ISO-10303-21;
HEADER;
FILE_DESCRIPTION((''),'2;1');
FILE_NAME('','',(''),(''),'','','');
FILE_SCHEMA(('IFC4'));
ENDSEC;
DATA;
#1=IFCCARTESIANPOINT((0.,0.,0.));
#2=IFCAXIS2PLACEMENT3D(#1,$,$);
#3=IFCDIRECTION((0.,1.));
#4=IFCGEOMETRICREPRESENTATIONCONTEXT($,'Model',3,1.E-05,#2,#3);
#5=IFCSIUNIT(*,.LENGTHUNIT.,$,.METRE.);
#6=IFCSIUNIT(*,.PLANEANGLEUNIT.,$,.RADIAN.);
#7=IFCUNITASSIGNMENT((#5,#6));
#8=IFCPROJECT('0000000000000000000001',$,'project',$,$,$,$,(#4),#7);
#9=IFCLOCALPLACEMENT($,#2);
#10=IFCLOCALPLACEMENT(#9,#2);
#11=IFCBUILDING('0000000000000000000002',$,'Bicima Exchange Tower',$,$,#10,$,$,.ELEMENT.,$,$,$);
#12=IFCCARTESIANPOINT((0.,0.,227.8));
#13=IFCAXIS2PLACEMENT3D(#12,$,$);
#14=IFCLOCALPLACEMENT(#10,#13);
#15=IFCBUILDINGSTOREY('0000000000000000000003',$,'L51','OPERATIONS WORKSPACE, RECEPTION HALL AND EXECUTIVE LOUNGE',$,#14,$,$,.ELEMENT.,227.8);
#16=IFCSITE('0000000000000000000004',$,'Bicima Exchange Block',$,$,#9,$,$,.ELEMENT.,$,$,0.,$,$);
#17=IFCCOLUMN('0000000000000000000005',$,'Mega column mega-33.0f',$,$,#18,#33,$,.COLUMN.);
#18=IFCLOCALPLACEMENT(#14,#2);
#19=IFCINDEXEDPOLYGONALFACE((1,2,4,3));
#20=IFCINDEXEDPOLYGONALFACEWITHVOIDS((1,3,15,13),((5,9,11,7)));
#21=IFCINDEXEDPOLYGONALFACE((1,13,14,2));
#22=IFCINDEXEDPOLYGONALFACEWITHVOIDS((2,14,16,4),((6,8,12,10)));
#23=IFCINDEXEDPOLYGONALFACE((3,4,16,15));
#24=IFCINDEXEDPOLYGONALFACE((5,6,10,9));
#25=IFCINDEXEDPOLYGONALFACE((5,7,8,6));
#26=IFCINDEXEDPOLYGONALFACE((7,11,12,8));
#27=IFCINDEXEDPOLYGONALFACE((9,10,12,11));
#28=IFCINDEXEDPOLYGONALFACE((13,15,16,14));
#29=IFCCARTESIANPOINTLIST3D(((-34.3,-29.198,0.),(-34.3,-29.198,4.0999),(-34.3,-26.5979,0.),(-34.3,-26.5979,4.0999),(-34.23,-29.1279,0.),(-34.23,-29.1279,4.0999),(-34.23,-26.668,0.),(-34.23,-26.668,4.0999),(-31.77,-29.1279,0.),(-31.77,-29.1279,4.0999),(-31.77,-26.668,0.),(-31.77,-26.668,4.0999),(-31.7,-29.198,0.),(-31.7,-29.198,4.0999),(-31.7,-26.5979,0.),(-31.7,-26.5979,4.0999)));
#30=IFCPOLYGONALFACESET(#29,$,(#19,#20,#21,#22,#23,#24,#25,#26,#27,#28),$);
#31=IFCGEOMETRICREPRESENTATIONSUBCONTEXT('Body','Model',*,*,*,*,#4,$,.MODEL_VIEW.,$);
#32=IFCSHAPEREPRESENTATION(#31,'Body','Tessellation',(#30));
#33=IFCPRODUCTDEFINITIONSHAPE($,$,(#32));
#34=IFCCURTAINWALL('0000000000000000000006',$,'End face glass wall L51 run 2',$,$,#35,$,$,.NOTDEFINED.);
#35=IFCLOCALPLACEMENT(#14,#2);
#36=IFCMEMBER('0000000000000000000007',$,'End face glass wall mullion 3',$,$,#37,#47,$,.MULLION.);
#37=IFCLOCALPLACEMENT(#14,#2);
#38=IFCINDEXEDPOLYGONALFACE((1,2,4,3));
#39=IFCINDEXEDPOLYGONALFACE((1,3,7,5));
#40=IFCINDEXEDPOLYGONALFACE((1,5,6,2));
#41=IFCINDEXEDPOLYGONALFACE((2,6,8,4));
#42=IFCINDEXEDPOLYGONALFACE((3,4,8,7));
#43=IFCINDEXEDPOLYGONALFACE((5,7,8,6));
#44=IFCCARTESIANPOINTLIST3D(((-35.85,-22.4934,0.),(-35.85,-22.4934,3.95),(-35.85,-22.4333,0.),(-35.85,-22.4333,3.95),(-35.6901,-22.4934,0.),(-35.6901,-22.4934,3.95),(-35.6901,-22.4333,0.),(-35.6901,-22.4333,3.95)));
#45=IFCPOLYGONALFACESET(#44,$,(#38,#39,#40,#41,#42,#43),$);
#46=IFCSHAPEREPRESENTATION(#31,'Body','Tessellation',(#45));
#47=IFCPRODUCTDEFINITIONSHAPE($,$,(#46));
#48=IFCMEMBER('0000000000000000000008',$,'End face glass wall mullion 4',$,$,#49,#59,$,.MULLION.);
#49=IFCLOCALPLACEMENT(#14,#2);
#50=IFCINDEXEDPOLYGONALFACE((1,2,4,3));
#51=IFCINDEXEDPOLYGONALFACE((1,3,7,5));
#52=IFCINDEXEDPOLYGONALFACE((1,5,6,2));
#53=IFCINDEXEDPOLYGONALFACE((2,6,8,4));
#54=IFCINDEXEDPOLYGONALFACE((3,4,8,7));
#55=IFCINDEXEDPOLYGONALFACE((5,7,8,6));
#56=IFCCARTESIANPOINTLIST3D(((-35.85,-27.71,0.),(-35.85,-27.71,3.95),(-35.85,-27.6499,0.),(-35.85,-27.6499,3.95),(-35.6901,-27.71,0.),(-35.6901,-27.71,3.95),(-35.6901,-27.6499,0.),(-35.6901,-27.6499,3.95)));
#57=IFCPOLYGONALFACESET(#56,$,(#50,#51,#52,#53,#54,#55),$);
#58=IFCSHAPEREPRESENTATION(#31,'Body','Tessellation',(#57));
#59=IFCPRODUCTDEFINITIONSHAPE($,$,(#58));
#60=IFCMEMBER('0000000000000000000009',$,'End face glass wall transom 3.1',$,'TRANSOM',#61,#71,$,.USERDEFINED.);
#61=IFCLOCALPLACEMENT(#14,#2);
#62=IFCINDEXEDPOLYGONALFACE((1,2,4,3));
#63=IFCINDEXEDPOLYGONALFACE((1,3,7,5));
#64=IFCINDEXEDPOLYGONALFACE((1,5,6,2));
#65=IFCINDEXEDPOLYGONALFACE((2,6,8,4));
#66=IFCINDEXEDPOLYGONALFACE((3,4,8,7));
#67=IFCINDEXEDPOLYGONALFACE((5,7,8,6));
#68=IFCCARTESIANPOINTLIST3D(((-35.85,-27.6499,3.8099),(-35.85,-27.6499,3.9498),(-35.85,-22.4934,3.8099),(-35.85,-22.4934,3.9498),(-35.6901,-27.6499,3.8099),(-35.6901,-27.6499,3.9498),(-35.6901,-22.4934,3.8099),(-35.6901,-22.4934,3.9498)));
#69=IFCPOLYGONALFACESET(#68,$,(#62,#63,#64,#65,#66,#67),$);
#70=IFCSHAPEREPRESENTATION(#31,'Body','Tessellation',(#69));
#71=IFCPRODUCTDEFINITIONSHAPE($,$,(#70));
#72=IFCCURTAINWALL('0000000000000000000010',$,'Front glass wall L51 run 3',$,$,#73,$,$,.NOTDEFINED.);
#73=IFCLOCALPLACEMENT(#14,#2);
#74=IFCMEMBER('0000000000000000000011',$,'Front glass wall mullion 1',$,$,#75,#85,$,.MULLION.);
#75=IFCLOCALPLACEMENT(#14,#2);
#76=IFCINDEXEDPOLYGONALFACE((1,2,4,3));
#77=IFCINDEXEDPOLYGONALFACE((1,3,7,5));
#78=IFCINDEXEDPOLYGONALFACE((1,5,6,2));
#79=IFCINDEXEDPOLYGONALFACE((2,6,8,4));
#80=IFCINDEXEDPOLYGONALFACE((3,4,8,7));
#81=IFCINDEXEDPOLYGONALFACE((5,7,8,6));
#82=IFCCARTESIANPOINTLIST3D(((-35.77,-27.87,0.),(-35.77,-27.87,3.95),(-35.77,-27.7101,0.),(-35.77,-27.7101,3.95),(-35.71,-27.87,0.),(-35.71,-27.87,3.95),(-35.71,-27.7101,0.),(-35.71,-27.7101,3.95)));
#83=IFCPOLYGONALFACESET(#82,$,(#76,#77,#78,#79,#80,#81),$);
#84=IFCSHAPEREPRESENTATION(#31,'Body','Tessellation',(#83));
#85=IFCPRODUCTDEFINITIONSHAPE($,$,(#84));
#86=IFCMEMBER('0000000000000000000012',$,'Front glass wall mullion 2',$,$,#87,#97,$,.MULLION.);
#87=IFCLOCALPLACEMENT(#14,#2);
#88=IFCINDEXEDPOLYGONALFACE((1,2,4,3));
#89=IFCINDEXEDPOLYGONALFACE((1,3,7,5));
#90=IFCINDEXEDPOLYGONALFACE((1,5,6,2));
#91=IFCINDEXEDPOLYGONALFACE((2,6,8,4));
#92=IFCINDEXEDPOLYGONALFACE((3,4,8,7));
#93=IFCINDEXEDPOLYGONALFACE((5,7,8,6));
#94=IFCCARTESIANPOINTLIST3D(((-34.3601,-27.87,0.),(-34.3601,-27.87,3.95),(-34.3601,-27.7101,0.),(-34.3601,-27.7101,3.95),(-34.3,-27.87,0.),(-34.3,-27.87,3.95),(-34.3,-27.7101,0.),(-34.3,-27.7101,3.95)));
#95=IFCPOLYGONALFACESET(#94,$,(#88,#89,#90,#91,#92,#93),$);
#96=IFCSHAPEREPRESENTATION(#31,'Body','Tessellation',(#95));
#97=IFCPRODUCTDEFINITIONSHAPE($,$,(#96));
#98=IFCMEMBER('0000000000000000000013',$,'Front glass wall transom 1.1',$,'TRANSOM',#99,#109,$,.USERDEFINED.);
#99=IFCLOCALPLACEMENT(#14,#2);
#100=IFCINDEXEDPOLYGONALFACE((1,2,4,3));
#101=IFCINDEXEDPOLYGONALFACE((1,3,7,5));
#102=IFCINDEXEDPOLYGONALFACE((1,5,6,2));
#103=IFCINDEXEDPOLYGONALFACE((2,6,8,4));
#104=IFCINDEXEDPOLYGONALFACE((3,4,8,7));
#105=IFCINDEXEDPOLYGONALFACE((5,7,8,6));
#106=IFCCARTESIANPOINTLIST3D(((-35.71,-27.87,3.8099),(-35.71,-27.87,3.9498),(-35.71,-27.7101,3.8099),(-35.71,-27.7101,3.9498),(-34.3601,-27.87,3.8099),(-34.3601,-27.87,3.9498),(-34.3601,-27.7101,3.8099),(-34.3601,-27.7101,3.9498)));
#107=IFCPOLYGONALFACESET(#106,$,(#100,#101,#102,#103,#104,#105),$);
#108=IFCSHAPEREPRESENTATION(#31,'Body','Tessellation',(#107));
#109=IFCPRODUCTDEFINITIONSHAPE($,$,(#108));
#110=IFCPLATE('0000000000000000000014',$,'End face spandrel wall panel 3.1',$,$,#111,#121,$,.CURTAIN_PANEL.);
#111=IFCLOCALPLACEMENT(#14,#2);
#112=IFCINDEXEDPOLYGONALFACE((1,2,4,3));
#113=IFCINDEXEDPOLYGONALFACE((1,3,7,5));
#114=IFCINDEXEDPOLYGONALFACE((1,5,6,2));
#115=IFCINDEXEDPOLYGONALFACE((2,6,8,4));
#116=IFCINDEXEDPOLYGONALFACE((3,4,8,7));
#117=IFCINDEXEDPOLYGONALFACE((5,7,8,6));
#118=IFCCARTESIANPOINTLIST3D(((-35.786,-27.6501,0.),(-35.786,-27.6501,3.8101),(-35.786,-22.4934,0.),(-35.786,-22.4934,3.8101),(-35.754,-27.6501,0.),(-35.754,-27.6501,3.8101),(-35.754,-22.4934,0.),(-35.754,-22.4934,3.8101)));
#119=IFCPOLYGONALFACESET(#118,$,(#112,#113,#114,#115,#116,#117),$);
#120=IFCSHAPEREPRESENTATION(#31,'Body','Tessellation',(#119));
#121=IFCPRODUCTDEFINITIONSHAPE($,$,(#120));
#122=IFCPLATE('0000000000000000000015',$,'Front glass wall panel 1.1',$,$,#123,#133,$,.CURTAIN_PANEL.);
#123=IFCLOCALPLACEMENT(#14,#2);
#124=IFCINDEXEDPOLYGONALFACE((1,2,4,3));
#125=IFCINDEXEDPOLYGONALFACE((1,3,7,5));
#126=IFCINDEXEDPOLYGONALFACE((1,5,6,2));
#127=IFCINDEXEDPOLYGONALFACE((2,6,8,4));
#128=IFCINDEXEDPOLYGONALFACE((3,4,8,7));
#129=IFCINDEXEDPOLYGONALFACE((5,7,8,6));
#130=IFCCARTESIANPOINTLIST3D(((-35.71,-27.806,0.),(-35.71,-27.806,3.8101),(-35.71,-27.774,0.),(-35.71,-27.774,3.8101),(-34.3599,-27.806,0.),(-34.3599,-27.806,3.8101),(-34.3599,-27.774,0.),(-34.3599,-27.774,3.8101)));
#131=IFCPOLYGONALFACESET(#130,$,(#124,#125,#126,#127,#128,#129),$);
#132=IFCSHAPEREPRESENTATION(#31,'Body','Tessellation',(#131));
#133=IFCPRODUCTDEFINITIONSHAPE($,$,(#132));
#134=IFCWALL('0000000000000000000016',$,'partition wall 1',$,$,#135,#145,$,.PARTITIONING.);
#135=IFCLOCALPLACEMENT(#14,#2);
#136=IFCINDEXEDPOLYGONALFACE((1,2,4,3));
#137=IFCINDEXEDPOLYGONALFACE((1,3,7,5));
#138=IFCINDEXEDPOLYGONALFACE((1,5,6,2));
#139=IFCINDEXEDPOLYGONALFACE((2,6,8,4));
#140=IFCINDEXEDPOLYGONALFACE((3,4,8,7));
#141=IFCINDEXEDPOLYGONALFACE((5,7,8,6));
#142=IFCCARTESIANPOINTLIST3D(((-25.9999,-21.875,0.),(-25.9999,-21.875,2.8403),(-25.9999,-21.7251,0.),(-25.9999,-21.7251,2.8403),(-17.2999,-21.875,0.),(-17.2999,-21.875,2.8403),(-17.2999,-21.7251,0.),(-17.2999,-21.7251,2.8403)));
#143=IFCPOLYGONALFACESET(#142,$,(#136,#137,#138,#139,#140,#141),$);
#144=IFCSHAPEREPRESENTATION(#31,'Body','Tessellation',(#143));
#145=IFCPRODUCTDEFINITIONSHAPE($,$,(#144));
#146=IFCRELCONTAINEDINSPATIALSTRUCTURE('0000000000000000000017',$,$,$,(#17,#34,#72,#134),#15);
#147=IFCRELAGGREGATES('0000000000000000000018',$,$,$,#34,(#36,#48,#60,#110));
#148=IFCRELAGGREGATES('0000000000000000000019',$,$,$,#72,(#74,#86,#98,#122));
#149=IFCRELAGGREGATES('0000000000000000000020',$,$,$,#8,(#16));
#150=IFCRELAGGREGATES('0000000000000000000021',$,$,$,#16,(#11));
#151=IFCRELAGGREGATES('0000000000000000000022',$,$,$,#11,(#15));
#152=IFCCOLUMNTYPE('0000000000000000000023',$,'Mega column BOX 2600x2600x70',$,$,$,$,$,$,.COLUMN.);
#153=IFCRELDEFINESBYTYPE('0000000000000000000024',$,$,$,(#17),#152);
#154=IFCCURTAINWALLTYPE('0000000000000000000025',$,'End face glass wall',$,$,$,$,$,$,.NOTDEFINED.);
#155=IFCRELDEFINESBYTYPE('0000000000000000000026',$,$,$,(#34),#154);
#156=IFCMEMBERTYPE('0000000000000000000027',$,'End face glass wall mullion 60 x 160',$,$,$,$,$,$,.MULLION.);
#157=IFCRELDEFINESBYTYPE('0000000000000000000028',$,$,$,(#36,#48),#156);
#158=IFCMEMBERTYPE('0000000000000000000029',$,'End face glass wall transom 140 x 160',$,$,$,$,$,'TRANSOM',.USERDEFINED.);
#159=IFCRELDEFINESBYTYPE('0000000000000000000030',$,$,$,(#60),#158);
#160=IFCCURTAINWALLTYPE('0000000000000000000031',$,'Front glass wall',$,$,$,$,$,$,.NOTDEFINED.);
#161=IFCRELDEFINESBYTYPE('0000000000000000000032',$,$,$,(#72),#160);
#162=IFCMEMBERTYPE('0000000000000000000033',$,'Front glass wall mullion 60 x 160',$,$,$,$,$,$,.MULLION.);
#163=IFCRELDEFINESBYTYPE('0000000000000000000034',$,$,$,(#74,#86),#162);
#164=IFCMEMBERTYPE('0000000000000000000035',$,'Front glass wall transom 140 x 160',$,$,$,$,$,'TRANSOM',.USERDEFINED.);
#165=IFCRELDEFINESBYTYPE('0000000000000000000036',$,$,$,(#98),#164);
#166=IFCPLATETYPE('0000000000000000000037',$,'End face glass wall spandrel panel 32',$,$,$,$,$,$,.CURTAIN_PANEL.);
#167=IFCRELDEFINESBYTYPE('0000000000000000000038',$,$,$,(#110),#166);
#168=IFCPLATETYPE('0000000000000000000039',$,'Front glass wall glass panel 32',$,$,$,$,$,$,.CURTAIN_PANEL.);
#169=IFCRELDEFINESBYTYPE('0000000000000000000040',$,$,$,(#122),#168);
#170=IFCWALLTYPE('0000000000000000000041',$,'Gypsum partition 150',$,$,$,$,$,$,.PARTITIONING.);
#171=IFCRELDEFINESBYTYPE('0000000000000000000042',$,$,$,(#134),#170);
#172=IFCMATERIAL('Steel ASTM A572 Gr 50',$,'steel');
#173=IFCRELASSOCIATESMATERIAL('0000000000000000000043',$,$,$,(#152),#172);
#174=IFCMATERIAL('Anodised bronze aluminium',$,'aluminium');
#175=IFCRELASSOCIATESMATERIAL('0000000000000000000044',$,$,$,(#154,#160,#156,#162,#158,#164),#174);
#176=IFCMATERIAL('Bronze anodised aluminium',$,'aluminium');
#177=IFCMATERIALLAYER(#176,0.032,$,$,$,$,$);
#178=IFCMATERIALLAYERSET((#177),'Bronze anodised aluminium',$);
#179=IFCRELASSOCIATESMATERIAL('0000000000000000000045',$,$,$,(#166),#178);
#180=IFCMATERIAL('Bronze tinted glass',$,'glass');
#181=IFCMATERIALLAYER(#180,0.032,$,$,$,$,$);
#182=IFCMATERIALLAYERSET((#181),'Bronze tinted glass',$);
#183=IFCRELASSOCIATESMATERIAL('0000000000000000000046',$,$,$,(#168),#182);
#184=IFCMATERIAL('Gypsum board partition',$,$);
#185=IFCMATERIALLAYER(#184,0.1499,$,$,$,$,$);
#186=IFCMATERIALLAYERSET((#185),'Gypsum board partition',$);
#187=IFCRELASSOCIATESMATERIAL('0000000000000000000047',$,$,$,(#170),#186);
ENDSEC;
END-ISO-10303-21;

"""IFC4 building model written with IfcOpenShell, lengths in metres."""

from ifc_helpers import new_model, si_unit, direction, frame, frame_2d, origin, origin_2d, place, context, subcontext, project, spatial, rectangle, hollow_rectangle, extrude, material, layer, layer_set, material_profile, profile_set, type_object, element, aggregate, save


model = new_model("IFC4")

# Units and contexts
model_context = context("Model", 3, precision=1e-05, world=origin(), true_north=direction((0.0, 1.0)))
body_context = subcontext(model_context, "Body", "Model", "MODEL_VIEW")
ifc_project = project(units=[si_unit("LENGTHUNIT", "METRE"), si_unit("PLANEANGLEUNIT", "RADIAN")], contexts=[model_context])

# Site, building, storey
site_placement = place(None, origin())
site = spatial("IfcSite", under=ifc_project, at=site_placement, Name="Bicima Exchange Block", CompositionType="ELEMENT", RefElevation=0.0)
building_placement = place(site_placement, origin())
building = spatial("IfcBuilding", under=site, at=building_placement, Name="Bicima Exchange Tower", CompositionType="ELEMENT")
storey_placement = place(building_placement, frame((0.0, 0.0, 227.8)))
storey = spatial("IfcBuildingStorey", under=building, at=storey_placement, Name="L51", Description="OPERATIONS WORKSPACE, RECEPTION HALL AND EXECUTIVE LOUNGE", CompositionType="ELEMENT", Elevation=227.8)

# Column
ifc_material_1 = material(Name="Steel ASTM A572 Gr 50", Category="steel")
ifc_material_profile_1 = material_profile(ifc_material_1, hollow_rectangle(XDim=2.6001, YDim=2.6001, WallThickness=0.0701, at=origin_2d()))
ifc_profile_set_1 = profile_set([ifc_material_profile_1], Name="Steel ASTM A572 Gr 50")
column_type = type_object("IfcColumnType", Name="Mega column BOX 2600x2600x70", PredefinedType="COLUMN", material=ifc_profile_set_1)
column_placement = place(storey_placement, frame((-33.0, -27.8979, 0.0), z_axis=(0.0, 0.0, 1.0), x_axis=(1.0, 0.0, 0.0)))
element("IfcColumn", 1, at=column_placement, inside=storey, type_object=column_type, Name="Mega column mega-33.0f", PredefinedType="COLUMN", context=body_context, shape_type="SweptSolid", body=[
    extrude(hollow_rectangle(XDim=2.6001, YDim=2.6001, WallThickness=0.0701, at=origin_2d()), origin(), (0.0, 0.0, 1.0), 4.0999),
])

# Curtain walls, members
ifc_material_2 = material(Name="Anodised bronze aluminium", Category="aluminium")
curtain_wall_type_1 = type_object("IfcCurtainWallType", Name="End face glass wall", PredefinedType="NOTDEFINED", material=ifc_material_2)
curtain_wall_1_placement = place(storey_placement, origin())
curtain_wall_1 = element("IfcCurtainWall", 2, at=curtain_wall_1_placement, inside=storey, type_object=curtain_wall_type_1, Name="End face glass wall L51 run 2", PredefinedType="NOTDEFINED")
ifc_material_profile_2 = material_profile(ifc_material_2, rectangle(XDim=0.1599, YDim=0.0601, at=origin_2d()))
ifc_profile_set_2 = profile_set([ifc_material_profile_2], Name="Anodised bronze aluminium")
member_type_1 = type_object("IfcMemberType", Name="End face glass wall mullion 60 x 160", PredefinedType="MULLION", material=ifc_profile_set_2)
member_1_placement = place(storey_placement, frame((-35.77, -22.4634, 0.0), z_axis=(0.0, 0.0, 1.0), x_axis=(1.0, 0.0, 0.0)))
member_1 = element("IfcMember", 3, at=member_1_placement, type_object=member_type_1, Name="End face glass wall mullion 3", PredefinedType="MULLION", context=body_context, shape_type="SweptSolid", body=[
    extrude(rectangle(XDim=0.1599, YDim=0.0601, at=origin_2d()), origin(), (0.0, 0.0, 1.0), 3.95),
])
member_2_placement = place(storey_placement, frame((-35.77, -27.6799, 0.0), z_axis=(0.0, 0.0, 1.0), x_axis=(1.0, 0.0, 0.0)))
member_2 = element("IfcMember", 4, at=member_2_placement, type_object=member_type_1, Name="End face glass wall mullion 4", PredefinedType="MULLION", context=body_context, shape_type="SweptSolid", body=[
    extrude(rectangle(XDim=0.1599, YDim=0.0601, at=origin_2d()), origin(), (0.0, 0.0, 1.0), 3.95),
])
ifc_material_profile_3 = material_profile(ifc_material_2, rectangle(XDim=0.1599, YDim=0.1399, at=origin_2d()))
ifc_profile_set_3 = profile_set([ifc_material_profile_3], Name="Anodised bronze aluminium")
member_type_2 = type_object("IfcMemberType", Name="End face glass wall transom 140 x 160", ElementType="TRANSOM", PredefinedType="USERDEFINED", material=ifc_profile_set_3)
member_3_placement = place(storey_placement, frame((-35.77, -22.4934, 3.8799), z_axis=(0.0, -1.0, 0.0), x_axis=(1.0, 0.0, 0.0)))
member_3 = element("IfcMember", 5, at=member_3_placement, type_object=member_type_2, Name="End face glass wall transom 3.1", ObjectType="TRANSOM", PredefinedType="USERDEFINED", context=body_context, shape_type="SweptSolid", body=[
    extrude(rectangle(XDim=0.1599, YDim=0.1399, at=origin_2d()), origin(), (0.0, 0.0, 1.0), 5.1565),
])
curtain_wall_type_2 = type_object("IfcCurtainWallType", Name="Front glass wall", PredefinedType="NOTDEFINED", material=ifc_material_2)
curtain_wall_2_placement = place(storey_placement, origin())
curtain_wall_2 = element("IfcCurtainWall", 6, at=curtain_wall_2_placement, inside=storey, type_object=curtain_wall_type_2, Name="Front glass wall L51 run 3", PredefinedType="NOTDEFINED")
member_type_3 = type_object("IfcMemberType", Name="Front glass wall mullion 60 x 160", PredefinedType="MULLION", material=ifc_profile_set_2)
member_4_placement = place(storey_placement, frame((-35.74, -27.79, 0.0), z_axis=(0.0, 0.0, 1.0), x_axis=(0.0, 1.0, 0.0)))
member_4 = element("IfcMember", 7, at=member_4_placement, type_object=member_type_3, Name="Front glass wall mullion 1", PredefinedType="MULLION", context=body_context, shape_type="SweptSolid", body=[
    extrude(rectangle(XDim=0.1599, YDim=0.0601, at=origin_2d()), origin(), (0.0, 0.0, 1.0), 3.95),
])
member_5_placement = place(storey_placement, frame((-34.3301, -27.79, 0.0), z_axis=(0.0, 0.0, 1.0), x_axis=(0.0, 1.0, 0.0)))
member_5 = element("IfcMember", 8, at=member_5_placement, type_object=member_type_3, Name="Front glass wall mullion 2", PredefinedType="MULLION", context=body_context, shape_type="SweptSolid", body=[
    extrude(rectangle(XDim=0.1599, YDim=0.0601, at=origin_2d()), origin(), (0.0, 0.0, 1.0), 3.95),
])
member_type_4 = type_object("IfcMemberType", Name="Front glass wall transom 140 x 160", ElementType="TRANSOM", PredefinedType="USERDEFINED", material=ifc_profile_set_3)
member_6_placement = place(storey_placement, frame((-35.71, -27.79, 3.8799), z_axis=(1.0, 0.0, 0.0), x_axis=(0.0, 1.0, 0.0)))
member_6 = element("IfcMember", 9, at=member_6_placement, type_object=member_type_4, Name="Front glass wall transom 1.1", ObjectType="TRANSOM", PredefinedType="USERDEFINED", context=body_context, shape_type="SweptSolid", body=[
    extrude(rectangle(XDim=0.1599, YDim=0.1399, at=origin_2d()), origin(), (0.0, 0.0, 1.0), 1.3499),
])

# Plates
ifc_material_3 = material(Name="Bronze anodised aluminium", Category="aluminium")
ifc_layer_1 = layer(ifc_material_3, 0.032)
ifc_layer_set_1 = layer_set([ifc_layer_1], Name="Bronze anodised aluminium")
plate_type_1 = type_object("IfcPlateType", Name="End face glass wall spandrel panel 32", PredefinedType="CURTAIN_PANEL", material=ifc_layer_set_1)
plate_1_placement = place(storey_placement, frame((-35.77, -25.0718, 0.0), z_axis=(0.0, 0.0, 1.0), x_axis=(0.0, -1.0, 0.0)))
plate_1 = element("IfcPlate", 10, at=plate_1_placement, type_object=plate_type_1, Name="End face spandrel wall panel 3.1", PredefinedType="CURTAIN_PANEL", context=body_context, shape_type="SweptSolid", body=[
    extrude(rectangle(XDim=5.1567, YDim=0.032, at=origin_2d()), origin(), (0.0, 0.0, 1.0), 3.8101),
])
aggregate(curtain_wall_1, [member_1, member_2, member_3, plate_1])
ifc_material_4 = material(Name="Bronze tinted glass", Category="glass")
ifc_layer_2 = layer(ifc_material_4, 0.032)
ifc_layer_set_2 = layer_set([ifc_layer_2], Name="Bronze tinted glass")
plate_type_2 = type_object("IfcPlateType", Name="Front glass wall glass panel 32", PredefinedType="CURTAIN_PANEL", material=ifc_layer_set_2)
plate_2_placement = place(storey_placement, frame((-35.0349, -27.79, 0.0), z_axis=(0.0, 0.0, 1.0), x_axis=(1.0, 0.0, 0.0)))
plate_2 = element("IfcPlate", 11, at=plate_2_placement, type_object=plate_type_2, Name="Front glass wall panel 1.1", PredefinedType="CURTAIN_PANEL", context=body_context, shape_type="SweptSolid", body=[
    extrude(rectangle(XDim=1.3501, YDim=0.032, at=origin_2d()), origin(), (0.0, 0.0, 1.0), 3.8101),
])
aggregate(curtain_wall_2, [member_4, member_5, member_6, plate_2])

# Wall
ifc_material_5 = material(Name="Gypsum board partition")
ifc_layer_3 = layer(ifc_material_5, 0.1499)
ifc_layer_set_3 = layer_set([ifc_layer_3], Name="Gypsum board partition")
wall_type = type_object("IfcWallType", Name="Gypsum partition 150", PredefinedType="PARTITIONING", material=ifc_layer_set_3)
wall_placement = place(storey_placement, frame((-26.0, -21.8, 0.0), z_axis=(0.0, 0.0, 1.0), x_axis=(1.0, 0.0, 0.0)))
element("IfcWall", 12, at=wall_placement, inside=storey, type_object=wall_type, Name="partition wall 1", PredefinedType="PARTITIONING", context=body_context, shape_type="SweptSolid", body=[
    extrude(rectangle(XDim=8.7, YDim=0.1499, at=frame_2d((4.3501, 0.0))), origin(), (0.0, 0.0, 1.0), 2.8403),
])

save(model, "model.ifc")
